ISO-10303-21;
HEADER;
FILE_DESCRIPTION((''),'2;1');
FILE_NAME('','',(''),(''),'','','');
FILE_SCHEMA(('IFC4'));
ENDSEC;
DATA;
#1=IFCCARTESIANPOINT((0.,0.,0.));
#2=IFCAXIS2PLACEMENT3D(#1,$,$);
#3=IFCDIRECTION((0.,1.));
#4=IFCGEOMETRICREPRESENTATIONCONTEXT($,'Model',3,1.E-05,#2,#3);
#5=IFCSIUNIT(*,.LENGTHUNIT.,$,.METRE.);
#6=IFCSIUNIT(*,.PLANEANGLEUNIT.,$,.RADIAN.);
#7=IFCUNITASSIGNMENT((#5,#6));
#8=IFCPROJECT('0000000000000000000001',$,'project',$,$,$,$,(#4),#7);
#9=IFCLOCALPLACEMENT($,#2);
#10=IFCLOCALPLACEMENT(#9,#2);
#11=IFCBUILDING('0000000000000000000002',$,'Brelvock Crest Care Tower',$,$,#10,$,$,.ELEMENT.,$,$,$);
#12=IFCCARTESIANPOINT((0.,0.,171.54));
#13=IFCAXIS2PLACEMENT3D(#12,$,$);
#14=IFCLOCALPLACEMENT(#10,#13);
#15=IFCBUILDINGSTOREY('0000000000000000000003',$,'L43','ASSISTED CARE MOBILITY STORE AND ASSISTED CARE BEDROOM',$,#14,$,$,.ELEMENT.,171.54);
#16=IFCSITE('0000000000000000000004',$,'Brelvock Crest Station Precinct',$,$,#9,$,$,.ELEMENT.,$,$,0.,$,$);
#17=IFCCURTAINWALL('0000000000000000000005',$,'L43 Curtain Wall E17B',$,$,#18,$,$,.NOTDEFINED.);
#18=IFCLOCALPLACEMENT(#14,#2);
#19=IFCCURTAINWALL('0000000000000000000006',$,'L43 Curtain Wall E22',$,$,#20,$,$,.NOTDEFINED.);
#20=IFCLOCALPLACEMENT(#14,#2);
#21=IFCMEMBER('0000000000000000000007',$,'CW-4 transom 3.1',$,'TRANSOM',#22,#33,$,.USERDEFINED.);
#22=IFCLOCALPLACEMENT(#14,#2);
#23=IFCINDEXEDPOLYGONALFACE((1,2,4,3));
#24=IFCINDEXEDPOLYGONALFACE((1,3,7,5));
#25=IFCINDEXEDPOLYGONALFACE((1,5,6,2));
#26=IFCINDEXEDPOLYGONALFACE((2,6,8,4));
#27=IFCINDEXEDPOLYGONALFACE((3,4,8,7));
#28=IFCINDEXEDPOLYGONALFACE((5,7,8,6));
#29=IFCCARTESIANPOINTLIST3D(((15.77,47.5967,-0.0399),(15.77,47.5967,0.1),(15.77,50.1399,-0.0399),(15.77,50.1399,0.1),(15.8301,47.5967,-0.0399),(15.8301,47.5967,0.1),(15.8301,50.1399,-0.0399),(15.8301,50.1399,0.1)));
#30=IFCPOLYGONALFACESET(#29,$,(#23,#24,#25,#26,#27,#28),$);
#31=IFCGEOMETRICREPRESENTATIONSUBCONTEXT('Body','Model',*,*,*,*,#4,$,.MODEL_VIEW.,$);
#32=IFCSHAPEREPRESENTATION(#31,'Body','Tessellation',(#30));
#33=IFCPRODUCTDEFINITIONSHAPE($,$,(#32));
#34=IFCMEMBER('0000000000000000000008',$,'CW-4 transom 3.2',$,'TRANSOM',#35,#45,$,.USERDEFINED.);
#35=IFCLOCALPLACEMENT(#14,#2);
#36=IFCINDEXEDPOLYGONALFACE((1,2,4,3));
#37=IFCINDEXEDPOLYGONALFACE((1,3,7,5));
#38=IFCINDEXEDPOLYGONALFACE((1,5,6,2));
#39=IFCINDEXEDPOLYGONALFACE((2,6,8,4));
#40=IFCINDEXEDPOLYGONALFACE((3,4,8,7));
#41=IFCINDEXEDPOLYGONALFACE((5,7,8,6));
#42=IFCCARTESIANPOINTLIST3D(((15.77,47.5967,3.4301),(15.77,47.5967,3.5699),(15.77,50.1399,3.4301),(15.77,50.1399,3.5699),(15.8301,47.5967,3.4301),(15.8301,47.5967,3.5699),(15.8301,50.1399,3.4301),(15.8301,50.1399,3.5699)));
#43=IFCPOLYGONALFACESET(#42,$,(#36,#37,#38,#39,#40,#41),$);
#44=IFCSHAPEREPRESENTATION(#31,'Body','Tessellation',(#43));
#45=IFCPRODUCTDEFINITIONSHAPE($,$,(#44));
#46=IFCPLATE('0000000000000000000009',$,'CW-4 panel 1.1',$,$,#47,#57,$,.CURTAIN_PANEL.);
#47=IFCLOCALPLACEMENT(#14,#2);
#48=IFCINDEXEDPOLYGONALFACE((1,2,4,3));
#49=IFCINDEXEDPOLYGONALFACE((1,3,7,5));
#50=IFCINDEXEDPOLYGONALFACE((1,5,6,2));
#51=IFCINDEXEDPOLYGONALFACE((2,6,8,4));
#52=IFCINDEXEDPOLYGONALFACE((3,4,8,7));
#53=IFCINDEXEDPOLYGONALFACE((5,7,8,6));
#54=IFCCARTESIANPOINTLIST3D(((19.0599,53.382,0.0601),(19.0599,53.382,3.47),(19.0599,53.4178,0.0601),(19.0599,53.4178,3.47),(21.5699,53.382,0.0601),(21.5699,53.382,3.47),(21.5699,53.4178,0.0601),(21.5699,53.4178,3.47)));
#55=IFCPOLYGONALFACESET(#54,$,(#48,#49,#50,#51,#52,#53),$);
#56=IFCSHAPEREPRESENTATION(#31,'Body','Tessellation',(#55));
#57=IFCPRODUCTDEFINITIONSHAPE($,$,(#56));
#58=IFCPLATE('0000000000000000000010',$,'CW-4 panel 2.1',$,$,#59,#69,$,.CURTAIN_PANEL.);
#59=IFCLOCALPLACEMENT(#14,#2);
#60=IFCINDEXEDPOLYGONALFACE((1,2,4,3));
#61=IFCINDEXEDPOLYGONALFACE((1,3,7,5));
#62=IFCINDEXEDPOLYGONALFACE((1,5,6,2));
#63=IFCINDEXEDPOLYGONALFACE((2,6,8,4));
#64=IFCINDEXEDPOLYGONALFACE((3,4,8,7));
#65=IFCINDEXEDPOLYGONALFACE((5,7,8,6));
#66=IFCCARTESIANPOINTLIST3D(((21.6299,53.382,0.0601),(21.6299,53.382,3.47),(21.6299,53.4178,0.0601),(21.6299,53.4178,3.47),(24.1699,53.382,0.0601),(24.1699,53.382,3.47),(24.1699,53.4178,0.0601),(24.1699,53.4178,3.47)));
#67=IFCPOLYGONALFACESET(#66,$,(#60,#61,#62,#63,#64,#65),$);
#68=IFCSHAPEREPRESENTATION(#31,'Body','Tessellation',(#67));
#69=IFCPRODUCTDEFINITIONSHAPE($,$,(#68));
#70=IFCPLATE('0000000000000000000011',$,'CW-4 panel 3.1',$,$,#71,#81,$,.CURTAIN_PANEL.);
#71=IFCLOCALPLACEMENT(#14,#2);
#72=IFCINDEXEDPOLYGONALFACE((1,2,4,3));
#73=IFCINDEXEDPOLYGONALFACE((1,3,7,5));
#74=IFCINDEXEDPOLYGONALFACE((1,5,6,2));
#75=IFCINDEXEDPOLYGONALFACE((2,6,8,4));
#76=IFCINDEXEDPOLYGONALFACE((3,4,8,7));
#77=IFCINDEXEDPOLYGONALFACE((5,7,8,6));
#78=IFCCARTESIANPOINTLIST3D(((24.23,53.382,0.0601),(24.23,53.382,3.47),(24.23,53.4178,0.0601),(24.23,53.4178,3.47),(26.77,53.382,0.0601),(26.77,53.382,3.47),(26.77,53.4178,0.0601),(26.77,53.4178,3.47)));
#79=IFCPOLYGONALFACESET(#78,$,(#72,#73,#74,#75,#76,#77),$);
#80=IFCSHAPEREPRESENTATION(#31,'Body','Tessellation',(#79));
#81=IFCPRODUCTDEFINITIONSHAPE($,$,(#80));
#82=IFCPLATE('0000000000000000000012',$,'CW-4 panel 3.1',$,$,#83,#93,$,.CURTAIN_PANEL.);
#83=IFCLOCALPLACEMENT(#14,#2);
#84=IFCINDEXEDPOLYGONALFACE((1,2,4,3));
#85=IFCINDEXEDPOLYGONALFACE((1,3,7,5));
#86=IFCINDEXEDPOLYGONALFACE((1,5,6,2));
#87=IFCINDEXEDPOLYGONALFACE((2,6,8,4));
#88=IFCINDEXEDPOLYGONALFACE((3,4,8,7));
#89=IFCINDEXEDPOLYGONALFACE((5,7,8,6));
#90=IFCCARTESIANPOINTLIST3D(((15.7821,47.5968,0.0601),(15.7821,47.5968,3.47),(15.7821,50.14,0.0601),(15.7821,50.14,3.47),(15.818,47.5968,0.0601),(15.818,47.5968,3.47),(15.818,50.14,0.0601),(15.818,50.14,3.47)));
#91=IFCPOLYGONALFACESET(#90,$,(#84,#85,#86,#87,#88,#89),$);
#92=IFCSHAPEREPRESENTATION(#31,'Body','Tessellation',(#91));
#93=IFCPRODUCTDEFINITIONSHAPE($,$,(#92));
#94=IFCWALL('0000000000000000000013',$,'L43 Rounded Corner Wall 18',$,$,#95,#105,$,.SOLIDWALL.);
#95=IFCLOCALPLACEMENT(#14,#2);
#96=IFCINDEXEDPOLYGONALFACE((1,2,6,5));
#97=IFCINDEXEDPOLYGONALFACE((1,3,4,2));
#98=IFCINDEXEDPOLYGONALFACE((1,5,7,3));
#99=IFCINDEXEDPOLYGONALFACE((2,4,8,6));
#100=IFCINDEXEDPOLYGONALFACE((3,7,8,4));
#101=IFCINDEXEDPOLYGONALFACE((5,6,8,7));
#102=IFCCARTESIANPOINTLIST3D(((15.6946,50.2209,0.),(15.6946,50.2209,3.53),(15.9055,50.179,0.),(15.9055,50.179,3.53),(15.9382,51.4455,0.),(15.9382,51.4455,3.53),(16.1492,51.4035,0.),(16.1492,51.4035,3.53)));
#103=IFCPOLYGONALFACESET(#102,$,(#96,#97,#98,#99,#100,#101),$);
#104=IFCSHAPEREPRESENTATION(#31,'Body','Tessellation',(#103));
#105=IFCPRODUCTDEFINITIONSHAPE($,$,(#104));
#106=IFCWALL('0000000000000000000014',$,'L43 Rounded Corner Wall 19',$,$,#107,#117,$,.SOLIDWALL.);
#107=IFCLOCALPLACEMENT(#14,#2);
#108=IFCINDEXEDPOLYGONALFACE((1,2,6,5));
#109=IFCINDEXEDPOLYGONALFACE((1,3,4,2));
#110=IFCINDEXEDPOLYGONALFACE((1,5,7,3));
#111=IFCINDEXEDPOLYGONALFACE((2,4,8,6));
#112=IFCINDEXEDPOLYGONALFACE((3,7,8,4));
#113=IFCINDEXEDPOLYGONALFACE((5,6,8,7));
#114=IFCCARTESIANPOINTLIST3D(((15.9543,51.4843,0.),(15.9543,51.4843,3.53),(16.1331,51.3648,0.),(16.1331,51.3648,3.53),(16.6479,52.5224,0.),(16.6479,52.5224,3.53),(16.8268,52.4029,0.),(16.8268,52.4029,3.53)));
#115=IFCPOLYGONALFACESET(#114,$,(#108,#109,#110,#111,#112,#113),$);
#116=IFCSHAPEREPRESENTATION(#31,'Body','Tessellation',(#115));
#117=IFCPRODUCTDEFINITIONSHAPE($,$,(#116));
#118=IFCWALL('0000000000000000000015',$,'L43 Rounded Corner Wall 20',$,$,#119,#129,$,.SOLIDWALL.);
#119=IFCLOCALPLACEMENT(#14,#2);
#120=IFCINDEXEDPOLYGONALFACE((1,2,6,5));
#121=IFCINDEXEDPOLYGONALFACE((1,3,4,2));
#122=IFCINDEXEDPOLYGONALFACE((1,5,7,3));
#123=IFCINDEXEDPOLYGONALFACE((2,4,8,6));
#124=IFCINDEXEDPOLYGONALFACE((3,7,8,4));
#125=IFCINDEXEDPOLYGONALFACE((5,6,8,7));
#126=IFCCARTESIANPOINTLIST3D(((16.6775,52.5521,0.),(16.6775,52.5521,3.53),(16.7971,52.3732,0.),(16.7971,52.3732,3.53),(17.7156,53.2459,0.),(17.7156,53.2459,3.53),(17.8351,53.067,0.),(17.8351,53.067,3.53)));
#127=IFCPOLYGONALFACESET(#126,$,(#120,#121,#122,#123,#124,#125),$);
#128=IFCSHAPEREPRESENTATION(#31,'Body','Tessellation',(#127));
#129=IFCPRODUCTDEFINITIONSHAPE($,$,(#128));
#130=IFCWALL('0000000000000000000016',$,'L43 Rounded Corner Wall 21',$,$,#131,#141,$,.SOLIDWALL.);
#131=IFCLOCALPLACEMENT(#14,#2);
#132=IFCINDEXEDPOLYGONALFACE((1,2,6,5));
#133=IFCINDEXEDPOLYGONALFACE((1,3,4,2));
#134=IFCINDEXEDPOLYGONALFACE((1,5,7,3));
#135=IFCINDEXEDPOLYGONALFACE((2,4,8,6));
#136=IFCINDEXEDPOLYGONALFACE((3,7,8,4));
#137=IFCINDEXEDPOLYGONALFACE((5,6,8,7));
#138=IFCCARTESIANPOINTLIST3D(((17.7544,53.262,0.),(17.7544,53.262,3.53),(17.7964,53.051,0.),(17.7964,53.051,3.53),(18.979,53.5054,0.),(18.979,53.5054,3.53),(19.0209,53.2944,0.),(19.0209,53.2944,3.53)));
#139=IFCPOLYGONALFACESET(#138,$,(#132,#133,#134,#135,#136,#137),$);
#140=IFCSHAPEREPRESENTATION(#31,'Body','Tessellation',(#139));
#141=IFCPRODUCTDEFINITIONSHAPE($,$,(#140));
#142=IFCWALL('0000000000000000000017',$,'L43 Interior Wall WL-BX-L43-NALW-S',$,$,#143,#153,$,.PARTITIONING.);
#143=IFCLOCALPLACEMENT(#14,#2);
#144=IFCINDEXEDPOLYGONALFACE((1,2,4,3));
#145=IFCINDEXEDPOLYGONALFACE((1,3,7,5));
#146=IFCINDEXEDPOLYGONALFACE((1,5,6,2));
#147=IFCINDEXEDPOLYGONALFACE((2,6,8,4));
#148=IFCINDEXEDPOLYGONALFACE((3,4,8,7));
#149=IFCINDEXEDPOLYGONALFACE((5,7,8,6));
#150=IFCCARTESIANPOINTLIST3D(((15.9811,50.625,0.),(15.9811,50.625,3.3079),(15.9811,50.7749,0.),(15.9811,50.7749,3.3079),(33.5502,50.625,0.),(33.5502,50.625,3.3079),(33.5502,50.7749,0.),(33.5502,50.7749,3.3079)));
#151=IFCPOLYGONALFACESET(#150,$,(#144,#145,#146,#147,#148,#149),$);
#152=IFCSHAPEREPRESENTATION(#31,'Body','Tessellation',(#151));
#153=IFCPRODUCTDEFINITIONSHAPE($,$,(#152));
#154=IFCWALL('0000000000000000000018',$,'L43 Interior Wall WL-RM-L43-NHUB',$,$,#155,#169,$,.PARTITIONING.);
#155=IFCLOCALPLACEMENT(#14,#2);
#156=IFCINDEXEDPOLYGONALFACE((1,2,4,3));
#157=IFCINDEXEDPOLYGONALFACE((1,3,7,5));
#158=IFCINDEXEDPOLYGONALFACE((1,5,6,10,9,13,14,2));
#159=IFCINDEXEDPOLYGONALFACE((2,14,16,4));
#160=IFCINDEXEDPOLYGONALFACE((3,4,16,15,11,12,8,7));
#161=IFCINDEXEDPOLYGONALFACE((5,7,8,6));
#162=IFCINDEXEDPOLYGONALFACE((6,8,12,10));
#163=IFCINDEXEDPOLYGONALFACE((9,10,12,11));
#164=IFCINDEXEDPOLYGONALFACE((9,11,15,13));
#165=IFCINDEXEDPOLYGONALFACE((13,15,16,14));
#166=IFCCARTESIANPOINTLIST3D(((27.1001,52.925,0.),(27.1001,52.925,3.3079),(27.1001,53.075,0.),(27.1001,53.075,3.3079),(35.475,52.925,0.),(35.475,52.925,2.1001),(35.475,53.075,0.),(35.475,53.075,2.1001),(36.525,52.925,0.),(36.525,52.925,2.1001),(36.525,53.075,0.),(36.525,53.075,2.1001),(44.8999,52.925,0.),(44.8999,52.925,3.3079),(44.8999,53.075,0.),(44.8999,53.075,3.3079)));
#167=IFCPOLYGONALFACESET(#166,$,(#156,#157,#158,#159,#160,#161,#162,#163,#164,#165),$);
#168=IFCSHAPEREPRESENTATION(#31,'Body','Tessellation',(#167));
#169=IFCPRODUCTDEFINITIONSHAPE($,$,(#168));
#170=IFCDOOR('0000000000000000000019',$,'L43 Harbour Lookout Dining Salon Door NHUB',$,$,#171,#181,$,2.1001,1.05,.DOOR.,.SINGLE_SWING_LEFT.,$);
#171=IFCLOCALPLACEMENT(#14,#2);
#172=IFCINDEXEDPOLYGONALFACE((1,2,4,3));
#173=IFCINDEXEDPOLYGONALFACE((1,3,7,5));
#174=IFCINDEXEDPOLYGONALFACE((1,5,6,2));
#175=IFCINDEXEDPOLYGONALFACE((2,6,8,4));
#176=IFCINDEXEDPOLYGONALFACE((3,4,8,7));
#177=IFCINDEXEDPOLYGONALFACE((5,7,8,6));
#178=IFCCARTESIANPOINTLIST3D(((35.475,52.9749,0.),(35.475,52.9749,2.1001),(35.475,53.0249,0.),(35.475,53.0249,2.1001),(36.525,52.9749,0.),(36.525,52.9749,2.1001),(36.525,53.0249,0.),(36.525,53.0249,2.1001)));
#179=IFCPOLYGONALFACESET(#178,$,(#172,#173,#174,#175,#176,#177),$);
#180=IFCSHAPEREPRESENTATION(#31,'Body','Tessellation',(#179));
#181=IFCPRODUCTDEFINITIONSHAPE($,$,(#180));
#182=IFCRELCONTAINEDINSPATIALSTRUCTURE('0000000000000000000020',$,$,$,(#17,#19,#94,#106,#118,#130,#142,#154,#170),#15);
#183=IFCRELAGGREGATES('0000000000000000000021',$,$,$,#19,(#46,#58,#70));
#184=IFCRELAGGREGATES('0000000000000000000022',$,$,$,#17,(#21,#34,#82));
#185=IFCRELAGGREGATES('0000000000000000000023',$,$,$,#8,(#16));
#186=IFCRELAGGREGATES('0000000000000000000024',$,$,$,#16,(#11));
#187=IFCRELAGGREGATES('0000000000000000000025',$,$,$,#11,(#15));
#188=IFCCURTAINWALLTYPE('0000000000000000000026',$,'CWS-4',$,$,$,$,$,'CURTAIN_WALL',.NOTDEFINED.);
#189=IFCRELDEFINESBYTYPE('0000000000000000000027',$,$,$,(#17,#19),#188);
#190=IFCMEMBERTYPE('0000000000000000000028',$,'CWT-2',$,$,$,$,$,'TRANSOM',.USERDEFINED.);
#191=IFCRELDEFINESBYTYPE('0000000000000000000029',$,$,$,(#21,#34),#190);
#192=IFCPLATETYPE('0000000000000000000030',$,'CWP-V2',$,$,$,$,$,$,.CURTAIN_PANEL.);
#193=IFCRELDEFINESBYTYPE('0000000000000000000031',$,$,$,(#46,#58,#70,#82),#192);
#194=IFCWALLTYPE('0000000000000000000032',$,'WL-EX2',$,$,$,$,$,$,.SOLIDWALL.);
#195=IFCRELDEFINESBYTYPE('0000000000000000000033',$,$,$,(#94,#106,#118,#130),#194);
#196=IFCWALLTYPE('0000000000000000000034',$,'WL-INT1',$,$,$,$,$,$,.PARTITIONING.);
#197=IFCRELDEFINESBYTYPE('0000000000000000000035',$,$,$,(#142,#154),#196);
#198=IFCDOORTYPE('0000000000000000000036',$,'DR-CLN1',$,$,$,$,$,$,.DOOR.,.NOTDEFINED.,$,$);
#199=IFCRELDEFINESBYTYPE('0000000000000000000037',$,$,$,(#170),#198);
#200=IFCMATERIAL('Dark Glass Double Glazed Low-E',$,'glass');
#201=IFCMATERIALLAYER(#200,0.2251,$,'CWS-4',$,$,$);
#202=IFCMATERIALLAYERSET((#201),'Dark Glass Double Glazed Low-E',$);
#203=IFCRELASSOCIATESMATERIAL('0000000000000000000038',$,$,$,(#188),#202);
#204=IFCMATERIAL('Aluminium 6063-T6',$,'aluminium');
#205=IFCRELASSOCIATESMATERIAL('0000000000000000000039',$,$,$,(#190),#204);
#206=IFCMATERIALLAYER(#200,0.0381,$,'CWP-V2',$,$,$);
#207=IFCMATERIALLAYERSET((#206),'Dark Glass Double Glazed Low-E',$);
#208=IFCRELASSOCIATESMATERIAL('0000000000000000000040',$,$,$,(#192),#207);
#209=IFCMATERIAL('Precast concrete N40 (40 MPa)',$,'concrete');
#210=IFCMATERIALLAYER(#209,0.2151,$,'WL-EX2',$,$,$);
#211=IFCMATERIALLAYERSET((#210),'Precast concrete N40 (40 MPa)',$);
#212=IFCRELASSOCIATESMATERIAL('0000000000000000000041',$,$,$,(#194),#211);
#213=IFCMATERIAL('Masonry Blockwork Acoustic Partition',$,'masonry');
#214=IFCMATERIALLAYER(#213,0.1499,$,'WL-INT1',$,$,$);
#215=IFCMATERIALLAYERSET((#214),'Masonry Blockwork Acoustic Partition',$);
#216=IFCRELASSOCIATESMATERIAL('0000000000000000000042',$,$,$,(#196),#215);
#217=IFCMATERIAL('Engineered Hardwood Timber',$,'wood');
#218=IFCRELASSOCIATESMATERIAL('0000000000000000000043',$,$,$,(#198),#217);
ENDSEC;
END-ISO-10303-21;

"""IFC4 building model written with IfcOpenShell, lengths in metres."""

from ifc_helpers import new_model, si_unit, direction, frame, frame_2d, origin, origin_2d, place, context, subcontext, project, spatial, rectangle, extrude, source, transform, mapped, material, layer, layer_set, material_profile, profile_set, type_object, element, fill, aggregate, save


model = new_model("IFC4")

# Units and contexts
model_context = context("Model", 3, precision=1e-05, world=origin(), true_north=direction((0.0, 1.0)))
body_context = subcontext(model_context, "Body", "Model", "MODEL_VIEW")
ifc_project = project(units=[si_unit("LENGTHUNIT", "METRE"), si_unit("PLANEANGLEUNIT", "RADIAN")], contexts=[model_context])

# Site, building, storey
site_placement = place(None, origin())
site = spatial("IfcSite", under=ifc_project, at=site_placement, Name="Brelvock Crest Station Precinct", CompositionType="ELEMENT", RefElevation=0.0)
building_placement = place(site_placement, origin())
building = spatial("IfcBuilding", under=site, at=building_placement, Name="Brelvock Crest Care Tower", CompositionType="ELEMENT")
storey_placement = place(building_placement, frame((0.0, 0.0, 171.54)))
storey = spatial("IfcBuildingStorey", under=building, at=storey_placement, Name="L43", Description="ASSISTED CARE MOBILITY STORE AND ASSISTED CARE BEDROOM", CompositionType="ELEMENT", Elevation=171.54)

# Curtain walls
ifc_material_1 = material(Name="Dark Glass Double Glazed Low-E", Category="glass")
ifc_layer_1 = layer(ifc_material_1, 0.2251, Name="CWS-4")
ifc_layer_set_1 = layer_set([ifc_layer_1], Name="Dark Glass Double Glazed Low-E")
curtain_wall_type = type_object("IfcCurtainWallType", Name="CWS-4", ElementType="CURTAIN_WALL", PredefinedType="NOTDEFINED", material=ifc_layer_set_1)
curtain_wall_1_placement = place(storey_placement, origin())
curtain_wall_1 = element("IfcCurtainWall", 1, at=curtain_wall_1_placement, inside=storey, type_object=curtain_wall_type, Name="L43 Curtain Wall E17B", PredefinedType="NOTDEFINED")
ifc_material_2 = material(Name="Aluminium 6063-T6", Category="aluminium")
curtain_wall_2_placement = place(storey_placement, origin())
curtain_wall_2 = element("IfcCurtainWall", 2, at=curtain_wall_2_placement, inside=storey, type_object=curtain_wall_type, Name="L43 Curtain Wall E22", PredefinedType="NOTDEFINED")
ifc_material_profile_1 = material_profile(ifc_material_2, rectangle(XDim=0.0601, YDim=0.1399, at=origin_2d()), Name="ALU60x140")
ifc_profile_set_1 = profile_set([ifc_material_profile_1], Name="Aluminium 6063-T6")
member_type_1 = type_object("IfcMemberType", Name="CWT-2", ElementType="TRANSOM", PredefinedType="USERDEFINED", material=ifc_profile_set_1)

# Members
shared_shape_1 = source(origin(), body_context, "Body", "SweptSolid", [
    extrude(rectangle(XDim=0.0601, YDim=0.1399, at=origin_2d()), origin(), (0.0, 0.0, 1.0), 2.5432),
])
member_1_placement = place(storey_placement, frame((15.8, 47.5967, 0.03), z_axis=(0.0, 1.0, 0.0), x_axis=(-1.0, 0.0, 0.0)))
member_1 = element("IfcMember", 3, at=member_1_placement, type_object=member_type_1, Name="CW-4 transom 3.1", ObjectType="TRANSOM", PredefinedType="USERDEFINED", context=body_context, shape_type="MappedRepresentation", body=[
    mapped(shared_shape_1, transform((0.0, 0.0, 0.0), x_axis=(1.0, 0.0, 0.0), y_axis=(0.0, 1.0, 0.0), z_axis=(0.0, 0.0, 1.0), scale=1.0)),
])
member_2_placement = place(storey_placement, frame((15.8, 47.5967, 3.5), z_axis=(0.0, 1.0, 0.0), x_axis=(-1.0, 0.0, 0.0)))
member_2 = element("IfcMember", 4, at=member_2_placement, type_object=member_type_1, Name="CW-4 transom 3.2", ObjectType="TRANSOM", PredefinedType="USERDEFINED", context=body_context, shape_type="MappedRepresentation", body=[
    mapped(shared_shape_1, transform((0.0, 0.0, 0.0), x_axis=(1.0, 0.0, 0.0), y_axis=(0.0, 1.0, 0.0), z_axis=(0.0, 0.0, 1.0), scale=1.0)),
])

# Plates
ifc_layer_2 = layer(ifc_material_1, 0.0381, Name="CWP-V2")
ifc_layer_set_2 = layer_set([ifc_layer_2], Name="Dark Glass Double Glazed Low-E")
plate_type = type_object("IfcPlateType", Name="CWP-V2", PredefinedType="CURTAIN_PANEL", material=ifc_layer_set_2)
shared_shape_2 = source(origin(), body_context, "Body", "SweptSolid", [
    extrude(rectangle(XDim=2.51, YDim=0.0359, at=origin_2d()), origin(), (0.0, 0.0, 1.0), 3.4099),
])
plate_1_placement = place(storey_placement, frame((20.3149, 53.3999, 0.0601), z_axis=(0.0, 0.0, 1.0), x_axis=(1.0, 0.0, 0.0)))
plate_1 = element("IfcPlate", 5, at=plate_1_placement, type_object=plate_type, Name="CW-4 panel 1.1", PredefinedType="CURTAIN_PANEL", context=body_context, shape_type="MappedRepresentation", body=[
    mapped(shared_shape_2, transform((0.0, 0.0, 0.0), x_axis=(1.0, 0.0, 0.0), y_axis=(0.0, 1.0, 0.0), z_axis=(0.0, 0.0, 1.0), scale=1.0)),
])
shared_shape_3 = source(origin(), body_context, "Body", "SweptSolid", [
    extrude(rectangle(XDim=2.54, YDim=0.0359, at=origin_2d()), origin(), (0.0, 0.0, 1.0), 3.4099),
])
plate_2_placement = place(storey_placement, frame((22.8999, 53.3999, 0.0601), z_axis=(0.0, 0.0, 1.0), x_axis=(1.0, 0.0, 0.0)))
plate_2 = element("IfcPlate", 6, at=plate_2_placement, type_object=plate_type, Name="CW-4 panel 2.1", PredefinedType="CURTAIN_PANEL", context=body_context, shape_type="MappedRepresentation", body=[
    mapped(shared_shape_3, transform((0.0, 0.0, 0.0), x_axis=(1.0, 0.0, 0.0), y_axis=(0.0, 1.0, 0.0), z_axis=(0.0, 0.0, 1.0), scale=1.0)),
])
plate_3_placement = place(storey_placement, frame((25.5, 53.3999, 0.0601), z_axis=(0.0, 0.0, 1.0), x_axis=(1.0, 0.0, 0.0)))
plate_3 = element("IfcPlate", 7, at=plate_3_placement, type_object=plate_type, Name="CW-4 panel 3.1", PredefinedType="CURTAIN_PANEL", context=body_context, shape_type="MappedRepresentation", body=[
    mapped(shared_shape_3, transform((0.0, 0.0, 0.0), x_axis=(1.0, 0.0, 0.0), y_axis=(0.0, 1.0, 0.0), z_axis=(0.0, 0.0, 1.0), scale=1.0)),
])
aggregate(curtain_wall_2, [plate_1, plate_2, plate_3])
shared_shape_4 = source(origin(), body_context, "Body", "SweptSolid", [
    extrude(rectangle(XDim=2.5432, YDim=0.0359, at=origin_2d()), origin(), (0.0, 0.0, 1.0), 3.4099),
])
plate_4_placement = place(storey_placement, frame((15.8, 48.8684, 0.0601), z_axis=(0.0, 0.0, 1.0), x_axis=(0.0, 1.0, 0.0)))
plate_4 = element("IfcPlate", 8, at=plate_4_placement, type_object=plate_type, Name="CW-4 panel 3.1", PredefinedType="CURTAIN_PANEL", context=body_context, shape_type="MappedRepresentation", body=[
    mapped(shared_shape_4, transform((0.0, 0.0, 0.0), x_axis=(1.0, 0.0, 0.0), y_axis=(0.0, 1.0, 0.0), z_axis=(0.0, 0.0, 1.0), scale=1.0)),
])
aggregate(curtain_wall_1, [member_1, member_2, plate_4])

# Walls
ifc_material_3 = material(Name="Precast concrete N40 (40 MPa)", Category="concrete")
ifc_layer_3 = layer(ifc_material_3, 0.2151, Name="WL-EX2")
ifc_layer_set_3 = layer_set([ifc_layer_3], Name="Precast concrete N40 (40 MPa)")
wall_type_1 = type_object("IfcWallType", Name="WL-EX2", PredefinedType="SOLIDWALL", material=ifc_layer_set_3)
for number, where, z_axis, x_axis, name in (
    (9, (15.8, 50.2, 0.0), (0.0, 0.0, 1.0), (0.195138, 0.980776, 0.0), "L43 Rounded Corner Wall 18"),
    (10, (16.0437, 51.4246, 0.0), (0.0, 0.0, 1.0), (0.555557, 0.831478, 0.0), "L43 Rounded Corner Wall 19"),
    (11, (16.7373, 52.4626, 0.0), (0.0, 0.0, 1.0), (0.831388, 0.555692, 0.0), "L43 Rounded Corner Wall 20"),
    (12, (17.7754, 53.1565, 0.0), (0.0, 0.0, 1.0), (0.980813, 0.19495, 0.0), "L43 Rounded Corner Wall 21"),
):
    element("IfcWall", number, at=place(storey_placement, frame(where, z_axis=z_axis, x_axis=x_axis)), inside=storey, type_object=wall_type_1, Name=name, PredefinedType="SOLIDWALL", context=body_context, shape_type="SweptSolid", body=[
        extrude(rectangle(XDim=1.2485, YDim=0.2151, at=frame_2d((0.6243, 0.0))), origin(), (0.0, 0.0, 1.0), 3.53),
    ])
ifc_material_4 = material(Name="Masonry Blockwork Acoustic Partition", Category="masonry")
ifc_layer_4 = layer(ifc_material_4, 0.1499, Name="WL-INT1")
ifc_layer_set_4 = layer_set([ifc_layer_4], Name="Masonry Blockwork Acoustic Partition")
wall_type_2 = type_object("IfcWallType", Name="WL-INT1", PredefinedType="PARTITIONING", material=ifc_layer_set_4)
wall_1_placement = place(storey_placement, frame((15.981, 50.7, 0.0), z_axis=(0.0, 0.0, 1.0), x_axis=(1.0, 0.0, 0.0)))
element("IfcWall", 13, at=wall_1_placement, inside=storey, type_object=wall_type_2, Name="L43 Interior Wall WL-BX-L43-NALW-S", PredefinedType="PARTITIONING", context=body_context, shape_type="SweptSolid", body=[
    extrude(rectangle(XDim=17.5691, YDim=0.1499, at=frame_2d((8.7847, 0.0))), origin(), (0.0, 0.0, 1.0), 3.3079),
])

# Wall, opening, door
wall_2_placement = place(storey_placement, frame((27.1001, 53.0, 0.0), z_axis=(0.0, 0.0, 1.0), x_axis=(1.0, 0.0, 0.0)))
wall_2 = element("IfcWall", 14, at=wall_2_placement, inside=storey, type_object=wall_type_2, Name="L43 Interior Wall WL-RM-L43-NHUB", PredefinedType="PARTITIONING", context=body_context, shape_type="SweptSolid", body=[
    extrude(rectangle(XDim=17.7998, YDim=0.1499, at=frame_2d((8.8999, 0.0))), origin(), (0.0, 0.0, 1.0), 3.3079),
])
opening_placement = place(wall_2_placement, frame((8.375, 0.0, 0.0)))
opening = element("IfcOpeningElement", 15, at=opening_placement, cuts=wall_2, PredefinedType="OPENING", context=body_context, shape_type="SweptSolid", body=[
    extrude(rectangle(XDim=1.05, YDim=2.1001, at=origin_2d()), frame((0.5249, 0.085, 1.05), z_axis=(0.0, -1.0, 0.0), x_axis=(1.0, 0.0, 0.0)), (0.0, 0.0, 1.0), 0.1699),
])
ifc_material_5 = material(Name="Engineered Hardwood Timber", Category="wood")
door_type = type_object("IfcDoorType", Name="DR-CLN1", OperationType="NOTDEFINED", PredefinedType="DOOR", material=ifc_material_5)
shared_shape_5 = source(origin(), body_context, "Body", "SweptSolid", [
    extrude(rectangle(XDim=1.05, YDim=2.1001, at=origin_2d()), frame((0.5249, 0.0249, 1.05), z_axis=(0.0, -1.0, 0.0), x_axis=(1.0, 0.0, 0.0)), (0.0, 0.0, 1.0), 0.05),
])
door_placement = place(opening_placement, origin())
door = element("IfcDoor", 16, at=door_placement, inside=storey, type_object=door_type, Name="L43 Harbour Lookout Dining Salon Door NHUB", OperationType="SINGLE_SWING_LEFT", OverallHeight=2.1001, OverallWidth=1.05, PredefinedType="DOOR", context=body_context, shape_type="MappedRepresentation", body=[
    mapped(shared_shape_5, transform((0.0, 0.0, 0.0), x_axis=(1.0, 0.0, 0.0), y_axis=(0.0, 1.0, 0.0), z_axis=(0.0, 0.0, 1.0), scale=1.0)),
])
fill(opening, door)

save(model, "model.ifc")
